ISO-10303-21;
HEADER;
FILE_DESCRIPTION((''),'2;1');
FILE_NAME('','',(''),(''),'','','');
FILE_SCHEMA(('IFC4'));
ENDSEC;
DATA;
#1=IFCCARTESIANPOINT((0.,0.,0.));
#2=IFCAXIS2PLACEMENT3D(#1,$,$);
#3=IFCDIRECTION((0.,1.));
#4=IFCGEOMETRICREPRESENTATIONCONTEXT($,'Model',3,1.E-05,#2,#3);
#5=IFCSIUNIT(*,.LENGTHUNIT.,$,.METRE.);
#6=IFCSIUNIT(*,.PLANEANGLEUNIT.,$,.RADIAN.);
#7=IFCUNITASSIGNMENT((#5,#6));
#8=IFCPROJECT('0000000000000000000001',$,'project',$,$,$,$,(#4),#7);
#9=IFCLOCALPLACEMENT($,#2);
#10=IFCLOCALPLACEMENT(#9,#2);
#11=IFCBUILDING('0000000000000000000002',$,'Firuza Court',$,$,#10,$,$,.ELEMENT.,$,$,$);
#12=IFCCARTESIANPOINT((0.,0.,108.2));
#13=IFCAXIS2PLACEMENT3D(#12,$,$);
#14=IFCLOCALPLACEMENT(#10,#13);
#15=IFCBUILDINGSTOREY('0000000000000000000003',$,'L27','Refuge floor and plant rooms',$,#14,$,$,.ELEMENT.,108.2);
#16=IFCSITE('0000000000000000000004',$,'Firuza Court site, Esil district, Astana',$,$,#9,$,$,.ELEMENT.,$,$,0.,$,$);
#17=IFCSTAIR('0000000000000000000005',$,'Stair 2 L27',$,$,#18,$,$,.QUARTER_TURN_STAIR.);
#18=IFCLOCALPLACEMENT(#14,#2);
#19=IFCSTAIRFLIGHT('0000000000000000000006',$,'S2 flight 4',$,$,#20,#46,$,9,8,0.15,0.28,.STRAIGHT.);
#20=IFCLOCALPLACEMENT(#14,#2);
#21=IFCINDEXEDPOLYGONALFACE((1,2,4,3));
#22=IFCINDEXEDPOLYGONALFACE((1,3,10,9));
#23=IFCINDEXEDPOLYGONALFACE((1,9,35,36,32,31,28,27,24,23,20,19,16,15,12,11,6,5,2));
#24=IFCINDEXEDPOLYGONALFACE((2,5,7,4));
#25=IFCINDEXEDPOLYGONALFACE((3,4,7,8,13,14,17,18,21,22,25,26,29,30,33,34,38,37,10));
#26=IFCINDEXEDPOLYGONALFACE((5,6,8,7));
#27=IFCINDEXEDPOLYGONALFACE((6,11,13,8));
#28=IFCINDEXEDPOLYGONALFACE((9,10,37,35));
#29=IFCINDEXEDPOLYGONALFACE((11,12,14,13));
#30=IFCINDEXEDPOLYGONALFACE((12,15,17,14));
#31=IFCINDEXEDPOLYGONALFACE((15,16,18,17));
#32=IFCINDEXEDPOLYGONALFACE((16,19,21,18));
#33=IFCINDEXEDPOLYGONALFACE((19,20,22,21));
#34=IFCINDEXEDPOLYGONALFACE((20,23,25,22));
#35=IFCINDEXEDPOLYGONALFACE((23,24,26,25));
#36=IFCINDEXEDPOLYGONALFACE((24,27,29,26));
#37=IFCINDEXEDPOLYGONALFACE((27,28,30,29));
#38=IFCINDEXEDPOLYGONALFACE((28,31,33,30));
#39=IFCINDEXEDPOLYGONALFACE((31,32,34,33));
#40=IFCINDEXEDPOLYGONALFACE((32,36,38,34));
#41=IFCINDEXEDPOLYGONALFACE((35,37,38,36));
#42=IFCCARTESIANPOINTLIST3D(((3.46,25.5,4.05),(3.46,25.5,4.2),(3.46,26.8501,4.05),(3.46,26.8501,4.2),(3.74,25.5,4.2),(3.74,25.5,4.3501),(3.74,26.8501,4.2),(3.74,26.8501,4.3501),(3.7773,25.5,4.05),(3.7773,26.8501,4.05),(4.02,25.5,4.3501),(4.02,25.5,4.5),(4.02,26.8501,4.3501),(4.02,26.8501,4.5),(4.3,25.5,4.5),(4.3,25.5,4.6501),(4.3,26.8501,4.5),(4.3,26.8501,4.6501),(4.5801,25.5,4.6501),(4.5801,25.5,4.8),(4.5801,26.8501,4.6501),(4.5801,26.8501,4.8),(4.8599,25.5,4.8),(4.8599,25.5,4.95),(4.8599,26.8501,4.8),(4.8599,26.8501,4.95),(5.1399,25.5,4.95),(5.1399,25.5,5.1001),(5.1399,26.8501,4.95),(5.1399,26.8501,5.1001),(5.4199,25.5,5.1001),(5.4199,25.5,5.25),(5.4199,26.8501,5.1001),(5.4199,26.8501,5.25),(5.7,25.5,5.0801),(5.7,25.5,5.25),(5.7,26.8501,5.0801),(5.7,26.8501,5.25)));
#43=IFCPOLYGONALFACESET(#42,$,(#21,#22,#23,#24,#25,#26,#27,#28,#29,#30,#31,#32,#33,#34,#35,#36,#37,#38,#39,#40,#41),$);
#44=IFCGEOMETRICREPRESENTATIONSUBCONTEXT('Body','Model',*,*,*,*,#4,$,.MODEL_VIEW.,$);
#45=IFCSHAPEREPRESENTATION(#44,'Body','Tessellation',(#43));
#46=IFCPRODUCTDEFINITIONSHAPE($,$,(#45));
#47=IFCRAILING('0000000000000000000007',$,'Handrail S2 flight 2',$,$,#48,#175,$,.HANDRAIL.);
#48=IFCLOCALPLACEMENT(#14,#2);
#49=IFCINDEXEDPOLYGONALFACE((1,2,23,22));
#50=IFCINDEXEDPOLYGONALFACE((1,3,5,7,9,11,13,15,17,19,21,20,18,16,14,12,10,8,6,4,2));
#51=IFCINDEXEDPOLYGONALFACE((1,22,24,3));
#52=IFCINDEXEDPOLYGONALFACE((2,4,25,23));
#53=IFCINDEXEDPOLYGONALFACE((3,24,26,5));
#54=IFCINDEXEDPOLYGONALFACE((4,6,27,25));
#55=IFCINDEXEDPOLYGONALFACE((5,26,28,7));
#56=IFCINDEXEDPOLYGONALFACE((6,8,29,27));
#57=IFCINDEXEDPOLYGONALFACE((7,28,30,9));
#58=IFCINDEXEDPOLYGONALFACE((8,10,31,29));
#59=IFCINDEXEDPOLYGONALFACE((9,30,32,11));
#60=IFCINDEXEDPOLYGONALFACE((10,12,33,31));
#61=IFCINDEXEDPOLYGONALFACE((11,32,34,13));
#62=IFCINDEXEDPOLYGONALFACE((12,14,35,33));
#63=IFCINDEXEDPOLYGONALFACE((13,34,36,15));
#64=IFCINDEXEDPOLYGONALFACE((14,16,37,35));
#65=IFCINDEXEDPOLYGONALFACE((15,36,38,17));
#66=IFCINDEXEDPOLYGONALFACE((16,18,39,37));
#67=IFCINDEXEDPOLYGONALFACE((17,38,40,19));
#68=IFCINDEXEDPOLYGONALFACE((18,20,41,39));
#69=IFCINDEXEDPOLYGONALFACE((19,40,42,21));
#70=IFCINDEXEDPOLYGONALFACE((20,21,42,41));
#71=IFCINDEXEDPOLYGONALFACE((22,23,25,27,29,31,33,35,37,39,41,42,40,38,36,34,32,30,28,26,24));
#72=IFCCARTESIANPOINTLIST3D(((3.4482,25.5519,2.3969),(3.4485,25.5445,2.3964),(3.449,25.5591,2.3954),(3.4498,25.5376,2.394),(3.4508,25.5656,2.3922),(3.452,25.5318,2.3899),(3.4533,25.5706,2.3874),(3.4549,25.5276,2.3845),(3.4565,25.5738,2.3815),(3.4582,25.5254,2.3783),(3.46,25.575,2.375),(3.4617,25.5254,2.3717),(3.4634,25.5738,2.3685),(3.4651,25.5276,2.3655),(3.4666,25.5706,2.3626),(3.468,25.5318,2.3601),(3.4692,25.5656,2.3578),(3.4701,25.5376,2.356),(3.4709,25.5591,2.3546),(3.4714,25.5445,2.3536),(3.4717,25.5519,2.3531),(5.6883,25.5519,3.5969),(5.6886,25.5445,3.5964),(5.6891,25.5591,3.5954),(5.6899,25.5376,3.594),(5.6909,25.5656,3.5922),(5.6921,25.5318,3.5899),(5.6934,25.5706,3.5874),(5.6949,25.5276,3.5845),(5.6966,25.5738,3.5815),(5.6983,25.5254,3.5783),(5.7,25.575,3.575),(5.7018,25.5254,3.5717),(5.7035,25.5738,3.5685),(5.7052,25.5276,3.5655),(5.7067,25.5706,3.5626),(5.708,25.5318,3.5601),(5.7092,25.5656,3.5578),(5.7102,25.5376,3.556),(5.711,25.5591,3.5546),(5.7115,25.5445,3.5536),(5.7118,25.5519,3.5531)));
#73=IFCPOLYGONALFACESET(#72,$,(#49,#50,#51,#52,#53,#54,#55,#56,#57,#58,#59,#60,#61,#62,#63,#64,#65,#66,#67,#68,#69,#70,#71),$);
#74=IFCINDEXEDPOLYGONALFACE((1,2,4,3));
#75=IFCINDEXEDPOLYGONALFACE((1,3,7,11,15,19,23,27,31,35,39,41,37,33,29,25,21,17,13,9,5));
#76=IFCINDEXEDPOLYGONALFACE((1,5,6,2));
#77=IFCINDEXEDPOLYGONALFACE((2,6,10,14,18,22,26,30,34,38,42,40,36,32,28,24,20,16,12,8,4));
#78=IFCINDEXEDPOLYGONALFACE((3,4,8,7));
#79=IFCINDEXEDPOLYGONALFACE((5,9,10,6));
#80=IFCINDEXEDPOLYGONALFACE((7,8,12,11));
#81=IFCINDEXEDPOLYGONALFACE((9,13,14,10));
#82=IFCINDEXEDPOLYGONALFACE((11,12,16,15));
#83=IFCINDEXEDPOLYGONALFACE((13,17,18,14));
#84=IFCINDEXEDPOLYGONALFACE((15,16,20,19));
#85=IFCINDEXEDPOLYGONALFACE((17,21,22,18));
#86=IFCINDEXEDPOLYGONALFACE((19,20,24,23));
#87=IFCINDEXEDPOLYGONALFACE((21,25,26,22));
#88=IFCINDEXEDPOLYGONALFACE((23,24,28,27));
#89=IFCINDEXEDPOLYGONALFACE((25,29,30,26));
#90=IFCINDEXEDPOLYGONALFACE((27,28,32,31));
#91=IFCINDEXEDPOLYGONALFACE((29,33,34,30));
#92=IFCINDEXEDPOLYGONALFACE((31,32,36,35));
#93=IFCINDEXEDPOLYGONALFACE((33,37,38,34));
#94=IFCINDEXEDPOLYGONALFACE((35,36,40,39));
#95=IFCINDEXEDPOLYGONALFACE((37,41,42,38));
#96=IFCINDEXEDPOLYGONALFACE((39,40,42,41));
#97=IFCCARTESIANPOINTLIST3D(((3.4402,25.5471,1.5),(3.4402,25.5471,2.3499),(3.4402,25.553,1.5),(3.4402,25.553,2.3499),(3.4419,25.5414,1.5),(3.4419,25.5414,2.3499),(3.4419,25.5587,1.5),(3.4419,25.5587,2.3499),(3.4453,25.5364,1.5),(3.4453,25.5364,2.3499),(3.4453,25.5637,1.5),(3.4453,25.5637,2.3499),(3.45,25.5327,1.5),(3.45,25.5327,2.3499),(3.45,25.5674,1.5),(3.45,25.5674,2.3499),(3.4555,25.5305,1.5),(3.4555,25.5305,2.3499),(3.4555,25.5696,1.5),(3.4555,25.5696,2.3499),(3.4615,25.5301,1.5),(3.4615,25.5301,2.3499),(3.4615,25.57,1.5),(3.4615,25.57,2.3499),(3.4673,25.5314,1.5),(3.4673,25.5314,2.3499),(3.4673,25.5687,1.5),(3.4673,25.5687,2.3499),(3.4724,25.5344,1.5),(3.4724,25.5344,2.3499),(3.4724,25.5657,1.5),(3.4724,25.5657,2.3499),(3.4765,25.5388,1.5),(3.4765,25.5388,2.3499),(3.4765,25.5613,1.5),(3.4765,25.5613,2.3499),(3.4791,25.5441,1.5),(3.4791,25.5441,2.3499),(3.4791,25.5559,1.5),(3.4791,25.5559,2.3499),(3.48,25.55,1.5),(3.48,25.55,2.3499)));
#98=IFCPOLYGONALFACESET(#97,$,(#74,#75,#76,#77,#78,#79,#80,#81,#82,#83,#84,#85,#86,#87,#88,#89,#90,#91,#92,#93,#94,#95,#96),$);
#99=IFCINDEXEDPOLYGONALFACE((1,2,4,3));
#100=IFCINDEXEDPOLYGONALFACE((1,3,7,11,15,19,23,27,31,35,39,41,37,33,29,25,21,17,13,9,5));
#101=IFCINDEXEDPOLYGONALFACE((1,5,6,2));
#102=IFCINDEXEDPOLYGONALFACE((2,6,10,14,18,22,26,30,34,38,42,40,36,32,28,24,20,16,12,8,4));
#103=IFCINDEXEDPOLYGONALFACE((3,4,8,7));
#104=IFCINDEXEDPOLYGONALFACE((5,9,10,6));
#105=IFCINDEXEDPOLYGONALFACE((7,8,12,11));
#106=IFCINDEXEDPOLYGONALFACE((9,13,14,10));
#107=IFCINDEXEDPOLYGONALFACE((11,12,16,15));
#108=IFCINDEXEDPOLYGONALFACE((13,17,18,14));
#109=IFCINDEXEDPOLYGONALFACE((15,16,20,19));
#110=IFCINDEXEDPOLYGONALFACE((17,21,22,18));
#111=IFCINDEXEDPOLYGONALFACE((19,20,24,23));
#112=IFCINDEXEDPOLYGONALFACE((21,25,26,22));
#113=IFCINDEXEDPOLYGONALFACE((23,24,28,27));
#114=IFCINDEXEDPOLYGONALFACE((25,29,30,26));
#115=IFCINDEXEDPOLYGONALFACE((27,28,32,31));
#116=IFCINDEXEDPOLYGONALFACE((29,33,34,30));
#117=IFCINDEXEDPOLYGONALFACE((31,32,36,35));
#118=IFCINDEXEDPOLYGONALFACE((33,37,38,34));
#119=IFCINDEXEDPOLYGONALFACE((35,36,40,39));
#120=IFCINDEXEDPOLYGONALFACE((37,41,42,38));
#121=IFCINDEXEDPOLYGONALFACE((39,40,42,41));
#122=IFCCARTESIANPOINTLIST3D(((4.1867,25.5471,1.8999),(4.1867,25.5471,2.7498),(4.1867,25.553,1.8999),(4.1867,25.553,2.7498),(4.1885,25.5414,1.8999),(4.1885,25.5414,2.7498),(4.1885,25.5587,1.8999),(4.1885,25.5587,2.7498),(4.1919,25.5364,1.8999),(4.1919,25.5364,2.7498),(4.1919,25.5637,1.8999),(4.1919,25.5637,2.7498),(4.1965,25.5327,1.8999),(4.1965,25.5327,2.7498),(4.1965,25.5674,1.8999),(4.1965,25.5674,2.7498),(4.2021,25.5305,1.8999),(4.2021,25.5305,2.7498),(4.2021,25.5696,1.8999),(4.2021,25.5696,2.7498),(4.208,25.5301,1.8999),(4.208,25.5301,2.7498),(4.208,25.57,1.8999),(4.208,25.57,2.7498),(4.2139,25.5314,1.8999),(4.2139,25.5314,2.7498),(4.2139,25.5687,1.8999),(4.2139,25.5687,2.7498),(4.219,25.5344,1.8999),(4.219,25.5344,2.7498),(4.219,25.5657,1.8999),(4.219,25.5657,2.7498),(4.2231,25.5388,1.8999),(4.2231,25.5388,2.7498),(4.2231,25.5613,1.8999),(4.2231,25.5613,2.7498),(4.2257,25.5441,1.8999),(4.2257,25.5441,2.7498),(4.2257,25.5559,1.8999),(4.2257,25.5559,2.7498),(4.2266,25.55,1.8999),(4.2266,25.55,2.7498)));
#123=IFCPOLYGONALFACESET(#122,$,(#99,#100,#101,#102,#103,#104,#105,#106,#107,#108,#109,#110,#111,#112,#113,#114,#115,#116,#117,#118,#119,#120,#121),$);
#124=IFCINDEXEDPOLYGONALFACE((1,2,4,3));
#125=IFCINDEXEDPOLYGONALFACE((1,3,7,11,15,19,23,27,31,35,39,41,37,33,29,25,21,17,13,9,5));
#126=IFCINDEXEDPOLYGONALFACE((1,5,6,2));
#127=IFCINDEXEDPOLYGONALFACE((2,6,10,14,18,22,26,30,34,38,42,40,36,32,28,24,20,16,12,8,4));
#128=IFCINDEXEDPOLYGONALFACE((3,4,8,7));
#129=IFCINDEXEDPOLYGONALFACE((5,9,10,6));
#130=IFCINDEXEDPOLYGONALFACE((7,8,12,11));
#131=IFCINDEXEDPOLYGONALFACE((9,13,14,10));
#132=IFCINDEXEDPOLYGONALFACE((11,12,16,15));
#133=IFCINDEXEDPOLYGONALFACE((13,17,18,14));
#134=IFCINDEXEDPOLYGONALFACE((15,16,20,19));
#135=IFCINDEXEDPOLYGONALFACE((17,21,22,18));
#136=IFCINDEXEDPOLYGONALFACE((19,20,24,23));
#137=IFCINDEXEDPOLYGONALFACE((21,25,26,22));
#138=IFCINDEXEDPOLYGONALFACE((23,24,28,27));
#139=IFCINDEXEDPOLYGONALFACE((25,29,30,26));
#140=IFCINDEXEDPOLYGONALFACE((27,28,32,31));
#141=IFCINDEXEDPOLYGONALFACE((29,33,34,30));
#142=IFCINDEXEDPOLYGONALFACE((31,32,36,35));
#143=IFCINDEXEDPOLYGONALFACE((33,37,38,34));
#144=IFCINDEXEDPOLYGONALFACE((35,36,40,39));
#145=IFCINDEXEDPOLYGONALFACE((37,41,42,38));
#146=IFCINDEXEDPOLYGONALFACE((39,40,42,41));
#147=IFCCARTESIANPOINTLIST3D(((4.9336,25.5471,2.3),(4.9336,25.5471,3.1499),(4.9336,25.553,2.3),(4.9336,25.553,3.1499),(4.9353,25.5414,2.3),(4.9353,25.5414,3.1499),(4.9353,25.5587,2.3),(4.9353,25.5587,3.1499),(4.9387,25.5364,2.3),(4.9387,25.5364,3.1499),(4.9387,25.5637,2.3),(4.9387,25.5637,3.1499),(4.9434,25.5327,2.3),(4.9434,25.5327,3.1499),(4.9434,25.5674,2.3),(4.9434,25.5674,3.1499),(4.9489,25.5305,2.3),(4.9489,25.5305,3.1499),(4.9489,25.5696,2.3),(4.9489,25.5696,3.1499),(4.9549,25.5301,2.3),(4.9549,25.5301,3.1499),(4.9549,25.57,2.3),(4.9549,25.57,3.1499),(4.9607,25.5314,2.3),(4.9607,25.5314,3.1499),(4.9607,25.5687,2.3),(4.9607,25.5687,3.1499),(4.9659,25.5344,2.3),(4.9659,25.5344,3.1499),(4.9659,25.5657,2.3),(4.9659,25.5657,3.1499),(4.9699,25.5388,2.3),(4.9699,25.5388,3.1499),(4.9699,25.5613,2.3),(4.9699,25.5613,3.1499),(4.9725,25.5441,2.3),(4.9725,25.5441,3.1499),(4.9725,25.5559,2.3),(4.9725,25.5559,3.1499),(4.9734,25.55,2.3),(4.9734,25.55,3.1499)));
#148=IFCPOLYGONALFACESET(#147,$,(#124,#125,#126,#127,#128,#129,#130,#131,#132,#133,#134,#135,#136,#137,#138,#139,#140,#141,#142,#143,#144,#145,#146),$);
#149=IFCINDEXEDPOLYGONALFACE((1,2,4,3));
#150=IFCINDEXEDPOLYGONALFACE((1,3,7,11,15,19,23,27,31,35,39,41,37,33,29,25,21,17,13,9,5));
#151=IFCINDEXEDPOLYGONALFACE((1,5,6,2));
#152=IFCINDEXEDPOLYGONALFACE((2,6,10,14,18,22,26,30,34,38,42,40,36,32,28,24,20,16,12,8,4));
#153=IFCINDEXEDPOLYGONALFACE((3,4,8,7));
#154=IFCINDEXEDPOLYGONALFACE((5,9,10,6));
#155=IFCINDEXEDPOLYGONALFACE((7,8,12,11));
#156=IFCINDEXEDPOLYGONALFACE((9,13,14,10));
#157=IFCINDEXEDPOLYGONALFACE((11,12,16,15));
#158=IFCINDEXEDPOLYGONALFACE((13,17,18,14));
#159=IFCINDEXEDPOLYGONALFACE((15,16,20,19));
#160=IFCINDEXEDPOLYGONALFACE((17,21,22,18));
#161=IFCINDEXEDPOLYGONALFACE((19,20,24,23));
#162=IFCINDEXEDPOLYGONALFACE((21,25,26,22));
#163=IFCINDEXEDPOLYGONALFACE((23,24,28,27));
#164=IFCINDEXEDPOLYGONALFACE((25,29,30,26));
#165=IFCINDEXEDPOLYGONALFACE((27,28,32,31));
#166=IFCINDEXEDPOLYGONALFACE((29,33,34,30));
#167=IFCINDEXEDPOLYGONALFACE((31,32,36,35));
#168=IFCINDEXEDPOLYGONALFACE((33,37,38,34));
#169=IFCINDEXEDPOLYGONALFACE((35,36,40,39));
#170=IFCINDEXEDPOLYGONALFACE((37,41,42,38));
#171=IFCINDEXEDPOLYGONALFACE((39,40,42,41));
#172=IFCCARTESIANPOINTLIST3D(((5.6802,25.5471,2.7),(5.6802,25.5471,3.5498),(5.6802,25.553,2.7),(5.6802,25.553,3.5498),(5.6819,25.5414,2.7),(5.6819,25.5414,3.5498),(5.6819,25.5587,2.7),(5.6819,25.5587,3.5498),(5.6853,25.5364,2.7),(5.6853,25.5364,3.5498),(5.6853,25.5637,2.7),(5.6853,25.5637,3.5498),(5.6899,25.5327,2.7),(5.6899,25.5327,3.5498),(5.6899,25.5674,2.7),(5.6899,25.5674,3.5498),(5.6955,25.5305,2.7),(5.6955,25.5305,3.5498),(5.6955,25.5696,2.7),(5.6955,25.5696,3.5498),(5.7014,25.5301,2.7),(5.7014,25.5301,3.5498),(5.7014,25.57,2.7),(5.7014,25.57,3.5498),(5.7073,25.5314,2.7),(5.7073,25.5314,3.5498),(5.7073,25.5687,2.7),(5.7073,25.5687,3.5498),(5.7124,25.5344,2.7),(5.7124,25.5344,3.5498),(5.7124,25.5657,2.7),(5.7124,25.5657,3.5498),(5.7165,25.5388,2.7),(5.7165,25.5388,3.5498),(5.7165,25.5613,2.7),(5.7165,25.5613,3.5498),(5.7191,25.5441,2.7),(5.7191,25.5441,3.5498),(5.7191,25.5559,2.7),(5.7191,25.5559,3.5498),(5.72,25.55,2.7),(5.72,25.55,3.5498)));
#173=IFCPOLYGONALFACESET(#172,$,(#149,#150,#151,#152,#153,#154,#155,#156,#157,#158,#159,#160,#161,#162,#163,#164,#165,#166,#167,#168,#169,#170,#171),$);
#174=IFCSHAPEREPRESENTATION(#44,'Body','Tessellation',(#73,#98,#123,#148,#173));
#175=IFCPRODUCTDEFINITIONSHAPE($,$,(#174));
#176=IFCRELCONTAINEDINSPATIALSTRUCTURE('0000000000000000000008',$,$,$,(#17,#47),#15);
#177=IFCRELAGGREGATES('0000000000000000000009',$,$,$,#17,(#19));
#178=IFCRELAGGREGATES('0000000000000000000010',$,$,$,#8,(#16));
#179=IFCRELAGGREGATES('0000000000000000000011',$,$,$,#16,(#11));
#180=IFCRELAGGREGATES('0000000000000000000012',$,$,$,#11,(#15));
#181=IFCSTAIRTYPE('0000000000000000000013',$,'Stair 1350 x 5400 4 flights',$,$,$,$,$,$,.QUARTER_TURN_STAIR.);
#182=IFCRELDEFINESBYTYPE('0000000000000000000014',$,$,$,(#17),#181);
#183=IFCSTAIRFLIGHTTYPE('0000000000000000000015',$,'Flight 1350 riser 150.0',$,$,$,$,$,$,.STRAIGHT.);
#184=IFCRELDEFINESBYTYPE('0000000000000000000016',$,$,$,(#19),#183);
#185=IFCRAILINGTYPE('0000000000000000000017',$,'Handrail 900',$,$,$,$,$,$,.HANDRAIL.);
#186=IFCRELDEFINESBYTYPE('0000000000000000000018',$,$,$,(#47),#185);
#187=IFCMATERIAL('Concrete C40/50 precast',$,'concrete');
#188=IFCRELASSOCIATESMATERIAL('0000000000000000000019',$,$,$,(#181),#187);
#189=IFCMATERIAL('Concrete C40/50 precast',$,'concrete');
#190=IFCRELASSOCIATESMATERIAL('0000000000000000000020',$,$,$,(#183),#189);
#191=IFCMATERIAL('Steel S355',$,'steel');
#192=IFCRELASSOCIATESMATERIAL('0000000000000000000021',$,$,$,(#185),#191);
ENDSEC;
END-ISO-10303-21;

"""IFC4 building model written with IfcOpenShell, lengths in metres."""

from ifc_helpers import new_model, si_unit, direction, frame, origin, origin_2d, place, context, subcontext, project, spatial, polyline, circle, outline, extrude, material, type_object, element, aggregate, save


model = new_model("IFC4")

# Units and contexts
model_context = context("Model", 3, precision=1e-05, world=origin(), true_north=direction((0.0, 1.0)))
body_context = subcontext(model_context, "Body", "Model", "MODEL_VIEW")
ifc_project = project(units=[si_unit("LENGTHUNIT", "METRE"), si_unit("PLANEANGLEUNIT", "RADIAN")], contexts=[model_context])

# Site, building, storey
site_placement = place(None, origin())
site = spatial("IfcSite", under=ifc_project, at=site_placement, Name="Firuza Court site, Esil district, Astana", CompositionType="ELEMENT", RefElevation=0.0)
building_placement = place(site_placement, origin())
building = spatial("IfcBuilding", under=site, at=building_placement, Name="Firuza Court", CompositionType="ELEMENT")
storey_placement = place(building_placement, frame((0.0, 0.0, 108.2)))
storey = spatial("IfcBuildingStorey", under=building, at=storey_placement, Name="L27", Description="Refuge floor and plant rooms", CompositionType="ELEMENT", Elevation=108.2)

# Stair, stair flight
ifc_material_1 = material(Name="Concrete C40/50 precast", Category="concrete")
stair_type = type_object("IfcStairType", Name="Stair 1350 x 5400 4 flights", PredefinedType="QUARTER_TURN_STAIR", material=ifc_material_1)
stair_placement = place(storey_placement, origin())
stair = element("IfcStair", 1, at=stair_placement, inside=storey, type_object=stair_type, Name="Stair 2 L27", PredefinedType="QUARTER_TURN_STAIR")
ifc_material_2 = material(Name="Concrete C40/50 precast", Category="concrete")
stair_flight_type = type_object("IfcStairFlightType", Name="Flight 1350 riser 150.0", PredefinedType="STRAIGHT", material=ifc_material_2)
stair_flight_1_placement = place(storey_placement, frame((3.46, 26.175, 4.05), z_axis=(0.0, 0.0, 1.0), x_axis=(1.0, 0.0, 0.0)))
stair_flight_1 = element("IfcStairFlight", 2, at=stair_flight_1_placement, type_object=stair_flight_type, Name="S2 flight 4", NumberOfRisers=9, NumberOfTreads=8, PredefinedType="STRAIGHT", RiserHeight=0.15, TreadLength=0.28, context=body_context, shape_type="SweptSolid", body=[
    extrude(outline(polyline([(0.0, 0.0), (0.0, 0.1499), (0.28, 0.1499), (0.28, 0.3), (0.5601, 0.3), (0.5601, 0.45), (0.8401, 0.45), (0.8401, 0.6001), (1.1201, 0.6001), (1.1201, 0.75), (1.3999, 0.75), (1.3999, 0.8999), (1.6799, 0.8999), (1.6799, 1.05), (1.96, 1.05), (1.96, 1.2), (2.24, 1.2), (2.24, 1.3501), (2.24, 1.03), (0.3174, 0.0), (0.0, 0.0)])), frame((0.0, 0.675, 0.0), z_axis=(0.0, -1.0, 0.0), x_axis=(1.0, 0.0, 0.0)), (0.0, 0.0, 1.0), 1.3501),
])
aggregate(stair, [stair_flight_1])

# Railing
ifc_material_3 = material(Name="Steel S355", Category="steel")
railing_type_1 = type_object("IfcRailingType", Name="Handrail 900", PredefinedType="HANDRAIL", material=ifc_material_3)
railing_1_placement = place(storey_placement, frame((3.46, 25.55, 1.5)))
element("IfcRailing", 3, at=railing_1_placement, inside=storey, type_object=railing_type_1, Name="Handrail S2 flight 2", PredefinedType="HANDRAIL", context=body_context, shape_type="SweptSolid", body=[
    extrude(circle(Radius=0.0249, at=origin_2d()), frame((0.0, 0.0, 0.875), z_axis=(0.881487, 0.0, 0.472208), x_axis=(0.0, 1.0, 0.0)), (0.0, 0.0, 1.0), 2.5413),
    extrude(circle(Radius=0.02, at=origin_2d()), origin(), (0.0, 0.0, 1.0), 0.8499),
    extrude(circle(Radius=0.02, at=origin_2d()), frame((0.7466, 0.0, 0.3999)), (0.0, 0.0, 1.0), 0.8499),
    extrude(circle(Radius=0.02, at=origin_2d()), frame((1.4934, 0.0, 0.8)), (0.0, 0.0, 1.0), 0.8499),
    extrude(circle(Radius=0.02, at=origin_2d()), frame((2.24, 0.0, 1.2)), (0.0, 0.0, 1.0), 0.8499),
])

save(model, "model.ifc")
